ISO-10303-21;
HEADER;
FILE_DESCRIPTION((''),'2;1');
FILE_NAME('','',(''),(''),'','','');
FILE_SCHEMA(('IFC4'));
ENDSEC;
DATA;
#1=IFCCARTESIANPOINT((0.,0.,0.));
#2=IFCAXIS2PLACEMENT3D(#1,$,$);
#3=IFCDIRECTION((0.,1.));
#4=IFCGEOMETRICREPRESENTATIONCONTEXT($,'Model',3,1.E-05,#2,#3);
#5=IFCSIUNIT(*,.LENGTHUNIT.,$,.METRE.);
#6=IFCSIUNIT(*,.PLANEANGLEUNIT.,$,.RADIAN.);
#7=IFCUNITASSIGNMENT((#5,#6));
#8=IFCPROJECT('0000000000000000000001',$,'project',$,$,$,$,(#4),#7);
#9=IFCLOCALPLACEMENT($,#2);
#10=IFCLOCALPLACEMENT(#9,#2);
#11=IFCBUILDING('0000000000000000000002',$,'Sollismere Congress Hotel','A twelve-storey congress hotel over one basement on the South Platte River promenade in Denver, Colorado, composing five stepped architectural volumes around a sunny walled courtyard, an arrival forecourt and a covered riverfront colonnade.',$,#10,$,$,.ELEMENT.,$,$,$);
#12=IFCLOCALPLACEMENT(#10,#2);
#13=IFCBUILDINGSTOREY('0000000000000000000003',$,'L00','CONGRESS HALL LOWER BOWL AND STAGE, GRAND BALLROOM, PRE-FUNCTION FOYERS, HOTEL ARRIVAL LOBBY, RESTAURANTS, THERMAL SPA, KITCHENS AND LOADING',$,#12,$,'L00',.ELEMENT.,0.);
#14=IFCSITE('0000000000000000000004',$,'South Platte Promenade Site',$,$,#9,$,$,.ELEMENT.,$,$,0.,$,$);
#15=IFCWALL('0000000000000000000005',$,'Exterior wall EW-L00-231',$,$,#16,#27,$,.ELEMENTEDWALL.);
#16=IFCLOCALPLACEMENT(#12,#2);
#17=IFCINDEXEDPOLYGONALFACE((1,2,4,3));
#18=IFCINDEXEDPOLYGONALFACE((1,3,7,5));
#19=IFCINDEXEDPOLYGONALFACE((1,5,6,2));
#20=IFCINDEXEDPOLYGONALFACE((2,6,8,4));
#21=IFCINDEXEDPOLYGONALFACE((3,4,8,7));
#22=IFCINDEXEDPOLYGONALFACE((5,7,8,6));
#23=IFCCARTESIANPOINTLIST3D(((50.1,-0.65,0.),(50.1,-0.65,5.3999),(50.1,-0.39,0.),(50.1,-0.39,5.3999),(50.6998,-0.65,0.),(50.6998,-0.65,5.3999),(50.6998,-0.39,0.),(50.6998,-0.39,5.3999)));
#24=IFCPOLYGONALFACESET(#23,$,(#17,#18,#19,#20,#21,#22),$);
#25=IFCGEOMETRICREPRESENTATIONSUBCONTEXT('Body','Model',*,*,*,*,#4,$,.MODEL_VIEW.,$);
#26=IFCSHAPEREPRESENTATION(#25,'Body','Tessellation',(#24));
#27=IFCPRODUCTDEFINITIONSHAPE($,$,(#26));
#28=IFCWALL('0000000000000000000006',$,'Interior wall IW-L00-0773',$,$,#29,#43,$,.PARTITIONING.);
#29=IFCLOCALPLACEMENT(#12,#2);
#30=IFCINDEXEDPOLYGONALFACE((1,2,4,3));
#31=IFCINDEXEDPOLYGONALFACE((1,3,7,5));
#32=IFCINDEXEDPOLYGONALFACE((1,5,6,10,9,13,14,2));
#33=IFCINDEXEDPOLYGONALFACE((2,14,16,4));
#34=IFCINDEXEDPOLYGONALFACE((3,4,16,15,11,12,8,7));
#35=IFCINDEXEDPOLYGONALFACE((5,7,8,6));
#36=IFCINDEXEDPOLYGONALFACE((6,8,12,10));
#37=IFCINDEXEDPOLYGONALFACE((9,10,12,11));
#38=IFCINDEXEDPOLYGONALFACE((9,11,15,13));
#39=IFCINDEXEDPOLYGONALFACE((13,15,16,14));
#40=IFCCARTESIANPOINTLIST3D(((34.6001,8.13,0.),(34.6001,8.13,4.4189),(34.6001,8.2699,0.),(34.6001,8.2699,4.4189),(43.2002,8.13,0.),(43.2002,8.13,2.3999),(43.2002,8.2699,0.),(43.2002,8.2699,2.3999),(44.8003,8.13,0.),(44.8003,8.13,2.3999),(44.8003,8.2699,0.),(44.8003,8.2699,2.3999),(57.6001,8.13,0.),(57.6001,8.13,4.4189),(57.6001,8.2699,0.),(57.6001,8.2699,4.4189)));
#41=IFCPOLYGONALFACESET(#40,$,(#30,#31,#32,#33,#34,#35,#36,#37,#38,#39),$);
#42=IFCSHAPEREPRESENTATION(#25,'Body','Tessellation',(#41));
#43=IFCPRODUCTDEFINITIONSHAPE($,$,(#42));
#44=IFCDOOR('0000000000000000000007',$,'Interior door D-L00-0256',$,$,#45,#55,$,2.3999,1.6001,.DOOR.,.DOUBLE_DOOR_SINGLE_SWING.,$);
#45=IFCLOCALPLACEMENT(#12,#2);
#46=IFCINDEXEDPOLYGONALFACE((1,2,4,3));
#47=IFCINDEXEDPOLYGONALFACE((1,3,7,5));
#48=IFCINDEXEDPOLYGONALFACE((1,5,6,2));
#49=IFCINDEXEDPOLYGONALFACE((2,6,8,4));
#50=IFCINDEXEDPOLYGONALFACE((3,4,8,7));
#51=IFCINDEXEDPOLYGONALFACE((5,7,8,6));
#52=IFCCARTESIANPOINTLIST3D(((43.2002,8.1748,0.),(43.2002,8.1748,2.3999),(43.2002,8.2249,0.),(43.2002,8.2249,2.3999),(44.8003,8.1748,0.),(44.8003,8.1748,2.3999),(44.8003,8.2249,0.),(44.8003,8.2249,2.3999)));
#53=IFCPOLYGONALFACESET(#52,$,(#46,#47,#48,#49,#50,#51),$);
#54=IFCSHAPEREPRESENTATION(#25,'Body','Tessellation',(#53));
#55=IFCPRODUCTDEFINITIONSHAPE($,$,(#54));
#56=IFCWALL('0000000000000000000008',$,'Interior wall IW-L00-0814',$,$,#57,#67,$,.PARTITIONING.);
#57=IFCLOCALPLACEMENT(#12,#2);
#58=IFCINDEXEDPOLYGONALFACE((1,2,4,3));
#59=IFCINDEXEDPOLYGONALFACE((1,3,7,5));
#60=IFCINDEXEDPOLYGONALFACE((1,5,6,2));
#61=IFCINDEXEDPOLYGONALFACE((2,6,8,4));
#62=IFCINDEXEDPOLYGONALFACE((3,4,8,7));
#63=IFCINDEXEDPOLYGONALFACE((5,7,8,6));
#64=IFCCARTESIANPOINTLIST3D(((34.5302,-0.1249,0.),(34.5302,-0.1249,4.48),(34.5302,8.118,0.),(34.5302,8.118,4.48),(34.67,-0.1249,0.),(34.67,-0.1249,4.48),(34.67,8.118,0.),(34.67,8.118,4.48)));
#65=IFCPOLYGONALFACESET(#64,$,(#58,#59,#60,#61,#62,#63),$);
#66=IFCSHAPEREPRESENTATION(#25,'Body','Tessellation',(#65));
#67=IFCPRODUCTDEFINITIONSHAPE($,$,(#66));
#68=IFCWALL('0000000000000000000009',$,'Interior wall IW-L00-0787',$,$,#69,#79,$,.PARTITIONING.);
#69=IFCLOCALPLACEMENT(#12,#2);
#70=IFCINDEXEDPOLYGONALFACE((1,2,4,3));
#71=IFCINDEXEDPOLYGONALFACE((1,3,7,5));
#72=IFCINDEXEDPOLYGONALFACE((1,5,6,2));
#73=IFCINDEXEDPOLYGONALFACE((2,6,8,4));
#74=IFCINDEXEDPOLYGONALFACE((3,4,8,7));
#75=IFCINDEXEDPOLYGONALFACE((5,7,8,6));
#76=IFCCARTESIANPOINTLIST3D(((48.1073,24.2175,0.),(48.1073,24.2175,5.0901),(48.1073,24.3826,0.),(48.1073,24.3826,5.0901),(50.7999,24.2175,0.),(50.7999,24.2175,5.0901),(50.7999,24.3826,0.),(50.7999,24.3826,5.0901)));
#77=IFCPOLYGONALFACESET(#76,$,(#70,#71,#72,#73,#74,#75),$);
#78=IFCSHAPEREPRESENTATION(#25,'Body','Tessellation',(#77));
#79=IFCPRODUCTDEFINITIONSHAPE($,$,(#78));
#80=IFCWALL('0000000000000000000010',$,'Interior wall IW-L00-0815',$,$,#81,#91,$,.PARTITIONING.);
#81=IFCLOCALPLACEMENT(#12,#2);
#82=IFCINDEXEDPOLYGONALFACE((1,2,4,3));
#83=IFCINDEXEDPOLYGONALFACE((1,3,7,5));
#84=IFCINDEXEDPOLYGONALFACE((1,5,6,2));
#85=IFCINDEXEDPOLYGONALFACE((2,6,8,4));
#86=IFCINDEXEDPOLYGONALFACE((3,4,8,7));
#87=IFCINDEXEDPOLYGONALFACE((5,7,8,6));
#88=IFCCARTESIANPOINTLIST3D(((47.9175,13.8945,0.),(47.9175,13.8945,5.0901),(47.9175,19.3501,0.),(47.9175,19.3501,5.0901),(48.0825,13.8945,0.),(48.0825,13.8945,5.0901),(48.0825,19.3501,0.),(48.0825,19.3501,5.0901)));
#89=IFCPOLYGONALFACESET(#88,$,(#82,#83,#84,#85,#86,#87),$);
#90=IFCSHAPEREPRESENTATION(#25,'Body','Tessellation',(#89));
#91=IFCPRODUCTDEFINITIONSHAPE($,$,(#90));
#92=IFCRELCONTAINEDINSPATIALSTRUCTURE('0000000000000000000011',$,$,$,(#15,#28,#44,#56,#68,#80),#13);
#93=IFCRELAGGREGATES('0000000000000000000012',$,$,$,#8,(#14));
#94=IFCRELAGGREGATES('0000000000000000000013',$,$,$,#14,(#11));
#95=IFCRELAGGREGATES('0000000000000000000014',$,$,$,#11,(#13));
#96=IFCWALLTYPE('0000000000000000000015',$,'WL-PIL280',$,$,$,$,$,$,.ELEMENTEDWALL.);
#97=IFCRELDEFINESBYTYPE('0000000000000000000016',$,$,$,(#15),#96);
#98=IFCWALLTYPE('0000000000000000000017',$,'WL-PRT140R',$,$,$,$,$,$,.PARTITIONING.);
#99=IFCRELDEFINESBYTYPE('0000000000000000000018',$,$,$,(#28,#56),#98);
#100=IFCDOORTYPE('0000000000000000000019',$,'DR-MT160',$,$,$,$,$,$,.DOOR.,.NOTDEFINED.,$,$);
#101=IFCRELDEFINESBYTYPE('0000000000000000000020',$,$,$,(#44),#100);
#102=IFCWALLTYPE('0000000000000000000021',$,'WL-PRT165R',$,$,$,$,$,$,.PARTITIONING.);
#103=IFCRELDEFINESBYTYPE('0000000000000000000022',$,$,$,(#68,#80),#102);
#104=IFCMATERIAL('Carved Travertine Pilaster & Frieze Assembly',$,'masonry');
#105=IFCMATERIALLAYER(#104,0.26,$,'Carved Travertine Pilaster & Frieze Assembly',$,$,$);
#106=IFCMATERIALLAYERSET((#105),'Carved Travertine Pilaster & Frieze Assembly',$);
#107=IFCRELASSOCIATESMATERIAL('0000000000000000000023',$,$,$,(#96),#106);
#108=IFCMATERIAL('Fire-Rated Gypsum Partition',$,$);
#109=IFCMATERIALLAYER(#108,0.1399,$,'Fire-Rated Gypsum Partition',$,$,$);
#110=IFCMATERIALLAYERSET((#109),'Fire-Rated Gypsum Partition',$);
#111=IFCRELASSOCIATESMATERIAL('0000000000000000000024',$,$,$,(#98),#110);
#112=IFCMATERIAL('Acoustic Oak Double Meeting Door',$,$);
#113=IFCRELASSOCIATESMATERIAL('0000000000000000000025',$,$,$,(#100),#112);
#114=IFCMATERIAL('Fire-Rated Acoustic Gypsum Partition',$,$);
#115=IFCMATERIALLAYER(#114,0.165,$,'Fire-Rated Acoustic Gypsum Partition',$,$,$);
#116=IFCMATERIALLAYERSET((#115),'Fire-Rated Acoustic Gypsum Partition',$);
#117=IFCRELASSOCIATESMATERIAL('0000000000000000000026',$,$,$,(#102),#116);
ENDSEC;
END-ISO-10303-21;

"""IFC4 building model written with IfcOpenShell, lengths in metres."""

from ifc_helpers import new_model, si_unit, direction, frame, frame_2d, origin, place, context, subcontext, project, spatial, rectangle, extrude, material, layer, layer_set, type_object, element, fill, save


model = new_model("IFC4")

# Units and contexts
model_context = context("Model", 3, precision=1e-05, world=origin(), true_north=direction((0.0, 1.0)))
body_context = subcontext(model_context, "Body", "Model", "MODEL_VIEW")
ifc_project = project(units=[si_unit("LENGTHUNIT", "METRE"), si_unit("PLANEANGLEUNIT", "RADIAN")], contexts=[model_context])

# Site, building, storey
site_placement = place(None, origin())
site = spatial("IfcSite", under=ifc_project, at=site_placement, Name="South Platte Promenade Site", CompositionType="ELEMENT", RefElevation=0.0)
building_placement = place(site_placement, origin())
building = spatial("IfcBuilding", under=site, at=building_placement, Name="Sollismere Congress Hotel", Description="A twelve-storey congress hotel over one basement on the South Platte River promenade in Denver, Colorado, composing five stepped architectural volumes around a sunny walled courtyard, an arrival forecourt and a covered riverfront colonnade.", CompositionType="ELEMENT")
storey_placement = place(building_placement, origin())
storey = spatial("IfcBuildingStorey", under=building, at=storey_placement, Name="L00", Description="CONGRESS HALL LOWER BOWL AND STAGE, GRAND BALLROOM, PRE-FUNCTION FOYERS, HOTEL ARRIVAL LOBBY, RESTAURANTS, THERMAL SPA, KITCHENS AND LOADING", LongName="L00", CompositionType="ELEMENT", Elevation=0.0)

# Wall
ifc_material_1 = material(Name="Carved Travertine Pilaster & Frieze Assembly", Category="masonry")
ifc_layer_1 = layer(ifc_material_1, 0.26, Name="Carved Travertine Pilaster & Frieze Assembly")
ifc_layer_set_1 = layer_set([ifc_layer_1], Name="Carved Travertine Pilaster & Frieze Assembly")
wall_type_1 = type_object("IfcWallType", Name="WL-PIL280", PredefinedType="ELEMENTEDWALL", material=ifc_layer_set_1)
wall_1_placement = place(storey_placement, frame((50.1001, -0.52, 0.0), z_axis=(0.0, 0.0, 1.0), x_axis=(1.0, 0.0, 0.0)))
element("IfcWall", 1, at=wall_1_placement, inside=storey, type_object=wall_type_1, Name="Exterior wall EW-L00-231", PredefinedType="ELEMENTEDWALL", context=body_context, shape_type="SweptSolid", body=[
    extrude(rectangle(XDim=0.5999, YDim=0.26, at=frame_2d((0.2998, 0.0))), origin(), (0.0, 0.0, 1.0), 5.3999),
])

# Wall, opening, door
ifc_material_2 = material(Name="Fire-Rated Gypsum Partition")
ifc_layer_2 = layer(ifc_material_2, 0.1399, Name="Fire-Rated Gypsum Partition")
ifc_layer_set_2 = layer_set([ifc_layer_2], Name="Fire-Rated Gypsum Partition")
wall_type_2 = type_object("IfcWallType", Name="WL-PRT140R", PredefinedType="PARTITIONING", material=ifc_layer_set_2)
wall_2_placement = place(storey_placement, frame((34.6001, 8.2, 0.0), z_axis=(0.0, 0.0, 1.0), x_axis=(1.0, 0.0, 0.0)))
wall_2 = element("IfcWall", 2, at=wall_2_placement, inside=storey, type_object=wall_type_2, Name="Interior wall IW-L00-0773", PredefinedType="PARTITIONING", context=body_context, shape_type="SweptSolid", body=[
    extrude(rectangle(XDim=23.0, YDim=0.1399, at=frame_2d((11.5, 0.0))), origin(), (0.0, 0.0, 1.0), 4.4189),
])
opening_1_placement = place(wall_2_placement, frame((8.6001, 0.0, 0.0)))
opening_1 = element("IfcOpeningElement", 3, at=opening_1_placement, cuts=wall_2, PredefinedType="OPENING", context=body_context, shape_type="SweptSolid", body=[
    extrude(rectangle(XDim=1.6001, YDim=2.3999, at=frame_2d((0.8, 1.2))), frame((0.0, 0.0798, 0.0), z_axis=(0.0, -1.0, 0.0), x_axis=(1.0, 0.0, 0.0)), (0.0, 0.0, 1.0), 0.1599),
])
ifc_material_3 = material(Name="Acoustic Oak Double Meeting Door")
door_type_1 = type_object("IfcDoorType", Name="DR-MT160", OperationType="NOTDEFINED", PredefinedType="DOOR", material=ifc_material_3)
door_1_placement = place(opening_1_placement, origin())
door_1 = element("IfcDoor", 4, at=door_1_placement, inside=storey, type_object=door_type_1, Name="Interior door D-L00-0256", OperationType="DOUBLE_DOOR_SINGLE_SWING", OverallHeight=2.3999, OverallWidth=1.6001, PredefinedType="DOOR", context=body_context, shape_type="SweptSolid", body=[
    extrude(rectangle(XDim=1.6001, YDim=2.3999, at=frame_2d((0.8, 1.2))), frame((0.0, 0.0249, 0.0), z_axis=(0.0, -1.0, 0.0), x_axis=(1.0, 0.0, 0.0)), (0.0, 0.0, 1.0), 0.05),
])
fill(opening_1, door_1)

# Wall
wall_3_placement = place(storey_placement, frame((34.6001, -0.125, 0.0), z_axis=(0.0, 0.0, 1.0), x_axis=(0.0, 1.0, 0.0)))
element("IfcWall", 5, at=wall_3_placement, inside=storey, type_object=wall_type_2, Name="Interior wall IW-L00-0814", PredefinedType="PARTITIONING", context=body_context, shape_type="SweptSolid", body=[
    extrude(rectangle(XDim=8.2429, YDim=0.1399, at=frame_2d((4.1216, 0.0))), origin(), (0.0, 0.0, 1.0), 4.48),
])

# Shared definitions
ifc_material_4 = material(Name="Fire-Rated Acoustic Gypsum Partition")
ifc_layer_3 = layer(ifc_material_4, 0.165, Name="Fire-Rated Acoustic Gypsum Partition")
ifc_layer_set_3 = layer_set([ifc_layer_3], Name="Fire-Rated Acoustic Gypsum Partition")
wall_type_3 = type_object("IfcWallType", Name="WL-PRT165R", PredefinedType="PARTITIONING", material=ifc_layer_set_3)

# Walls
wall_4_placement = place(storey_placement, frame((48.1074, 24.3, 0.0), z_axis=(0.0, 0.0, 1.0), x_axis=(1.0, 0.0, 0.0)))
element("IfcWall", 6, at=wall_4_placement, inside=storey, type_object=wall_type_3, Name="Interior wall IW-L00-0787", PredefinedType="PARTITIONING", context=body_context, shape_type="SweptSolid", body=[
    extrude(rectangle(XDim=2.6926, YDim=0.165, at=frame_2d((1.3462, 0.0))), origin(), (0.0, 0.0, 1.0), 5.0901),
])
wall_5_placement = place(storey_placement, frame((48.0, 13.8945, 0.0), z_axis=(0.0, 0.0, 1.0), x_axis=(0.0, 1.0, 0.0)))
element("IfcWall", 7, at=wall_5_placement, inside=storey, type_object=wall_type_3, Name="Interior wall IW-L00-0815", PredefinedType="PARTITIONING", context=body_context, shape_type="SweptSolid", body=[
    extrude(rectangle(XDim=5.4556, YDim=0.165, at=frame_2d((2.7278, 0.0))), origin(), (0.0, 0.0, 1.0), 5.0901),
])

save(model, "model.ifc")
